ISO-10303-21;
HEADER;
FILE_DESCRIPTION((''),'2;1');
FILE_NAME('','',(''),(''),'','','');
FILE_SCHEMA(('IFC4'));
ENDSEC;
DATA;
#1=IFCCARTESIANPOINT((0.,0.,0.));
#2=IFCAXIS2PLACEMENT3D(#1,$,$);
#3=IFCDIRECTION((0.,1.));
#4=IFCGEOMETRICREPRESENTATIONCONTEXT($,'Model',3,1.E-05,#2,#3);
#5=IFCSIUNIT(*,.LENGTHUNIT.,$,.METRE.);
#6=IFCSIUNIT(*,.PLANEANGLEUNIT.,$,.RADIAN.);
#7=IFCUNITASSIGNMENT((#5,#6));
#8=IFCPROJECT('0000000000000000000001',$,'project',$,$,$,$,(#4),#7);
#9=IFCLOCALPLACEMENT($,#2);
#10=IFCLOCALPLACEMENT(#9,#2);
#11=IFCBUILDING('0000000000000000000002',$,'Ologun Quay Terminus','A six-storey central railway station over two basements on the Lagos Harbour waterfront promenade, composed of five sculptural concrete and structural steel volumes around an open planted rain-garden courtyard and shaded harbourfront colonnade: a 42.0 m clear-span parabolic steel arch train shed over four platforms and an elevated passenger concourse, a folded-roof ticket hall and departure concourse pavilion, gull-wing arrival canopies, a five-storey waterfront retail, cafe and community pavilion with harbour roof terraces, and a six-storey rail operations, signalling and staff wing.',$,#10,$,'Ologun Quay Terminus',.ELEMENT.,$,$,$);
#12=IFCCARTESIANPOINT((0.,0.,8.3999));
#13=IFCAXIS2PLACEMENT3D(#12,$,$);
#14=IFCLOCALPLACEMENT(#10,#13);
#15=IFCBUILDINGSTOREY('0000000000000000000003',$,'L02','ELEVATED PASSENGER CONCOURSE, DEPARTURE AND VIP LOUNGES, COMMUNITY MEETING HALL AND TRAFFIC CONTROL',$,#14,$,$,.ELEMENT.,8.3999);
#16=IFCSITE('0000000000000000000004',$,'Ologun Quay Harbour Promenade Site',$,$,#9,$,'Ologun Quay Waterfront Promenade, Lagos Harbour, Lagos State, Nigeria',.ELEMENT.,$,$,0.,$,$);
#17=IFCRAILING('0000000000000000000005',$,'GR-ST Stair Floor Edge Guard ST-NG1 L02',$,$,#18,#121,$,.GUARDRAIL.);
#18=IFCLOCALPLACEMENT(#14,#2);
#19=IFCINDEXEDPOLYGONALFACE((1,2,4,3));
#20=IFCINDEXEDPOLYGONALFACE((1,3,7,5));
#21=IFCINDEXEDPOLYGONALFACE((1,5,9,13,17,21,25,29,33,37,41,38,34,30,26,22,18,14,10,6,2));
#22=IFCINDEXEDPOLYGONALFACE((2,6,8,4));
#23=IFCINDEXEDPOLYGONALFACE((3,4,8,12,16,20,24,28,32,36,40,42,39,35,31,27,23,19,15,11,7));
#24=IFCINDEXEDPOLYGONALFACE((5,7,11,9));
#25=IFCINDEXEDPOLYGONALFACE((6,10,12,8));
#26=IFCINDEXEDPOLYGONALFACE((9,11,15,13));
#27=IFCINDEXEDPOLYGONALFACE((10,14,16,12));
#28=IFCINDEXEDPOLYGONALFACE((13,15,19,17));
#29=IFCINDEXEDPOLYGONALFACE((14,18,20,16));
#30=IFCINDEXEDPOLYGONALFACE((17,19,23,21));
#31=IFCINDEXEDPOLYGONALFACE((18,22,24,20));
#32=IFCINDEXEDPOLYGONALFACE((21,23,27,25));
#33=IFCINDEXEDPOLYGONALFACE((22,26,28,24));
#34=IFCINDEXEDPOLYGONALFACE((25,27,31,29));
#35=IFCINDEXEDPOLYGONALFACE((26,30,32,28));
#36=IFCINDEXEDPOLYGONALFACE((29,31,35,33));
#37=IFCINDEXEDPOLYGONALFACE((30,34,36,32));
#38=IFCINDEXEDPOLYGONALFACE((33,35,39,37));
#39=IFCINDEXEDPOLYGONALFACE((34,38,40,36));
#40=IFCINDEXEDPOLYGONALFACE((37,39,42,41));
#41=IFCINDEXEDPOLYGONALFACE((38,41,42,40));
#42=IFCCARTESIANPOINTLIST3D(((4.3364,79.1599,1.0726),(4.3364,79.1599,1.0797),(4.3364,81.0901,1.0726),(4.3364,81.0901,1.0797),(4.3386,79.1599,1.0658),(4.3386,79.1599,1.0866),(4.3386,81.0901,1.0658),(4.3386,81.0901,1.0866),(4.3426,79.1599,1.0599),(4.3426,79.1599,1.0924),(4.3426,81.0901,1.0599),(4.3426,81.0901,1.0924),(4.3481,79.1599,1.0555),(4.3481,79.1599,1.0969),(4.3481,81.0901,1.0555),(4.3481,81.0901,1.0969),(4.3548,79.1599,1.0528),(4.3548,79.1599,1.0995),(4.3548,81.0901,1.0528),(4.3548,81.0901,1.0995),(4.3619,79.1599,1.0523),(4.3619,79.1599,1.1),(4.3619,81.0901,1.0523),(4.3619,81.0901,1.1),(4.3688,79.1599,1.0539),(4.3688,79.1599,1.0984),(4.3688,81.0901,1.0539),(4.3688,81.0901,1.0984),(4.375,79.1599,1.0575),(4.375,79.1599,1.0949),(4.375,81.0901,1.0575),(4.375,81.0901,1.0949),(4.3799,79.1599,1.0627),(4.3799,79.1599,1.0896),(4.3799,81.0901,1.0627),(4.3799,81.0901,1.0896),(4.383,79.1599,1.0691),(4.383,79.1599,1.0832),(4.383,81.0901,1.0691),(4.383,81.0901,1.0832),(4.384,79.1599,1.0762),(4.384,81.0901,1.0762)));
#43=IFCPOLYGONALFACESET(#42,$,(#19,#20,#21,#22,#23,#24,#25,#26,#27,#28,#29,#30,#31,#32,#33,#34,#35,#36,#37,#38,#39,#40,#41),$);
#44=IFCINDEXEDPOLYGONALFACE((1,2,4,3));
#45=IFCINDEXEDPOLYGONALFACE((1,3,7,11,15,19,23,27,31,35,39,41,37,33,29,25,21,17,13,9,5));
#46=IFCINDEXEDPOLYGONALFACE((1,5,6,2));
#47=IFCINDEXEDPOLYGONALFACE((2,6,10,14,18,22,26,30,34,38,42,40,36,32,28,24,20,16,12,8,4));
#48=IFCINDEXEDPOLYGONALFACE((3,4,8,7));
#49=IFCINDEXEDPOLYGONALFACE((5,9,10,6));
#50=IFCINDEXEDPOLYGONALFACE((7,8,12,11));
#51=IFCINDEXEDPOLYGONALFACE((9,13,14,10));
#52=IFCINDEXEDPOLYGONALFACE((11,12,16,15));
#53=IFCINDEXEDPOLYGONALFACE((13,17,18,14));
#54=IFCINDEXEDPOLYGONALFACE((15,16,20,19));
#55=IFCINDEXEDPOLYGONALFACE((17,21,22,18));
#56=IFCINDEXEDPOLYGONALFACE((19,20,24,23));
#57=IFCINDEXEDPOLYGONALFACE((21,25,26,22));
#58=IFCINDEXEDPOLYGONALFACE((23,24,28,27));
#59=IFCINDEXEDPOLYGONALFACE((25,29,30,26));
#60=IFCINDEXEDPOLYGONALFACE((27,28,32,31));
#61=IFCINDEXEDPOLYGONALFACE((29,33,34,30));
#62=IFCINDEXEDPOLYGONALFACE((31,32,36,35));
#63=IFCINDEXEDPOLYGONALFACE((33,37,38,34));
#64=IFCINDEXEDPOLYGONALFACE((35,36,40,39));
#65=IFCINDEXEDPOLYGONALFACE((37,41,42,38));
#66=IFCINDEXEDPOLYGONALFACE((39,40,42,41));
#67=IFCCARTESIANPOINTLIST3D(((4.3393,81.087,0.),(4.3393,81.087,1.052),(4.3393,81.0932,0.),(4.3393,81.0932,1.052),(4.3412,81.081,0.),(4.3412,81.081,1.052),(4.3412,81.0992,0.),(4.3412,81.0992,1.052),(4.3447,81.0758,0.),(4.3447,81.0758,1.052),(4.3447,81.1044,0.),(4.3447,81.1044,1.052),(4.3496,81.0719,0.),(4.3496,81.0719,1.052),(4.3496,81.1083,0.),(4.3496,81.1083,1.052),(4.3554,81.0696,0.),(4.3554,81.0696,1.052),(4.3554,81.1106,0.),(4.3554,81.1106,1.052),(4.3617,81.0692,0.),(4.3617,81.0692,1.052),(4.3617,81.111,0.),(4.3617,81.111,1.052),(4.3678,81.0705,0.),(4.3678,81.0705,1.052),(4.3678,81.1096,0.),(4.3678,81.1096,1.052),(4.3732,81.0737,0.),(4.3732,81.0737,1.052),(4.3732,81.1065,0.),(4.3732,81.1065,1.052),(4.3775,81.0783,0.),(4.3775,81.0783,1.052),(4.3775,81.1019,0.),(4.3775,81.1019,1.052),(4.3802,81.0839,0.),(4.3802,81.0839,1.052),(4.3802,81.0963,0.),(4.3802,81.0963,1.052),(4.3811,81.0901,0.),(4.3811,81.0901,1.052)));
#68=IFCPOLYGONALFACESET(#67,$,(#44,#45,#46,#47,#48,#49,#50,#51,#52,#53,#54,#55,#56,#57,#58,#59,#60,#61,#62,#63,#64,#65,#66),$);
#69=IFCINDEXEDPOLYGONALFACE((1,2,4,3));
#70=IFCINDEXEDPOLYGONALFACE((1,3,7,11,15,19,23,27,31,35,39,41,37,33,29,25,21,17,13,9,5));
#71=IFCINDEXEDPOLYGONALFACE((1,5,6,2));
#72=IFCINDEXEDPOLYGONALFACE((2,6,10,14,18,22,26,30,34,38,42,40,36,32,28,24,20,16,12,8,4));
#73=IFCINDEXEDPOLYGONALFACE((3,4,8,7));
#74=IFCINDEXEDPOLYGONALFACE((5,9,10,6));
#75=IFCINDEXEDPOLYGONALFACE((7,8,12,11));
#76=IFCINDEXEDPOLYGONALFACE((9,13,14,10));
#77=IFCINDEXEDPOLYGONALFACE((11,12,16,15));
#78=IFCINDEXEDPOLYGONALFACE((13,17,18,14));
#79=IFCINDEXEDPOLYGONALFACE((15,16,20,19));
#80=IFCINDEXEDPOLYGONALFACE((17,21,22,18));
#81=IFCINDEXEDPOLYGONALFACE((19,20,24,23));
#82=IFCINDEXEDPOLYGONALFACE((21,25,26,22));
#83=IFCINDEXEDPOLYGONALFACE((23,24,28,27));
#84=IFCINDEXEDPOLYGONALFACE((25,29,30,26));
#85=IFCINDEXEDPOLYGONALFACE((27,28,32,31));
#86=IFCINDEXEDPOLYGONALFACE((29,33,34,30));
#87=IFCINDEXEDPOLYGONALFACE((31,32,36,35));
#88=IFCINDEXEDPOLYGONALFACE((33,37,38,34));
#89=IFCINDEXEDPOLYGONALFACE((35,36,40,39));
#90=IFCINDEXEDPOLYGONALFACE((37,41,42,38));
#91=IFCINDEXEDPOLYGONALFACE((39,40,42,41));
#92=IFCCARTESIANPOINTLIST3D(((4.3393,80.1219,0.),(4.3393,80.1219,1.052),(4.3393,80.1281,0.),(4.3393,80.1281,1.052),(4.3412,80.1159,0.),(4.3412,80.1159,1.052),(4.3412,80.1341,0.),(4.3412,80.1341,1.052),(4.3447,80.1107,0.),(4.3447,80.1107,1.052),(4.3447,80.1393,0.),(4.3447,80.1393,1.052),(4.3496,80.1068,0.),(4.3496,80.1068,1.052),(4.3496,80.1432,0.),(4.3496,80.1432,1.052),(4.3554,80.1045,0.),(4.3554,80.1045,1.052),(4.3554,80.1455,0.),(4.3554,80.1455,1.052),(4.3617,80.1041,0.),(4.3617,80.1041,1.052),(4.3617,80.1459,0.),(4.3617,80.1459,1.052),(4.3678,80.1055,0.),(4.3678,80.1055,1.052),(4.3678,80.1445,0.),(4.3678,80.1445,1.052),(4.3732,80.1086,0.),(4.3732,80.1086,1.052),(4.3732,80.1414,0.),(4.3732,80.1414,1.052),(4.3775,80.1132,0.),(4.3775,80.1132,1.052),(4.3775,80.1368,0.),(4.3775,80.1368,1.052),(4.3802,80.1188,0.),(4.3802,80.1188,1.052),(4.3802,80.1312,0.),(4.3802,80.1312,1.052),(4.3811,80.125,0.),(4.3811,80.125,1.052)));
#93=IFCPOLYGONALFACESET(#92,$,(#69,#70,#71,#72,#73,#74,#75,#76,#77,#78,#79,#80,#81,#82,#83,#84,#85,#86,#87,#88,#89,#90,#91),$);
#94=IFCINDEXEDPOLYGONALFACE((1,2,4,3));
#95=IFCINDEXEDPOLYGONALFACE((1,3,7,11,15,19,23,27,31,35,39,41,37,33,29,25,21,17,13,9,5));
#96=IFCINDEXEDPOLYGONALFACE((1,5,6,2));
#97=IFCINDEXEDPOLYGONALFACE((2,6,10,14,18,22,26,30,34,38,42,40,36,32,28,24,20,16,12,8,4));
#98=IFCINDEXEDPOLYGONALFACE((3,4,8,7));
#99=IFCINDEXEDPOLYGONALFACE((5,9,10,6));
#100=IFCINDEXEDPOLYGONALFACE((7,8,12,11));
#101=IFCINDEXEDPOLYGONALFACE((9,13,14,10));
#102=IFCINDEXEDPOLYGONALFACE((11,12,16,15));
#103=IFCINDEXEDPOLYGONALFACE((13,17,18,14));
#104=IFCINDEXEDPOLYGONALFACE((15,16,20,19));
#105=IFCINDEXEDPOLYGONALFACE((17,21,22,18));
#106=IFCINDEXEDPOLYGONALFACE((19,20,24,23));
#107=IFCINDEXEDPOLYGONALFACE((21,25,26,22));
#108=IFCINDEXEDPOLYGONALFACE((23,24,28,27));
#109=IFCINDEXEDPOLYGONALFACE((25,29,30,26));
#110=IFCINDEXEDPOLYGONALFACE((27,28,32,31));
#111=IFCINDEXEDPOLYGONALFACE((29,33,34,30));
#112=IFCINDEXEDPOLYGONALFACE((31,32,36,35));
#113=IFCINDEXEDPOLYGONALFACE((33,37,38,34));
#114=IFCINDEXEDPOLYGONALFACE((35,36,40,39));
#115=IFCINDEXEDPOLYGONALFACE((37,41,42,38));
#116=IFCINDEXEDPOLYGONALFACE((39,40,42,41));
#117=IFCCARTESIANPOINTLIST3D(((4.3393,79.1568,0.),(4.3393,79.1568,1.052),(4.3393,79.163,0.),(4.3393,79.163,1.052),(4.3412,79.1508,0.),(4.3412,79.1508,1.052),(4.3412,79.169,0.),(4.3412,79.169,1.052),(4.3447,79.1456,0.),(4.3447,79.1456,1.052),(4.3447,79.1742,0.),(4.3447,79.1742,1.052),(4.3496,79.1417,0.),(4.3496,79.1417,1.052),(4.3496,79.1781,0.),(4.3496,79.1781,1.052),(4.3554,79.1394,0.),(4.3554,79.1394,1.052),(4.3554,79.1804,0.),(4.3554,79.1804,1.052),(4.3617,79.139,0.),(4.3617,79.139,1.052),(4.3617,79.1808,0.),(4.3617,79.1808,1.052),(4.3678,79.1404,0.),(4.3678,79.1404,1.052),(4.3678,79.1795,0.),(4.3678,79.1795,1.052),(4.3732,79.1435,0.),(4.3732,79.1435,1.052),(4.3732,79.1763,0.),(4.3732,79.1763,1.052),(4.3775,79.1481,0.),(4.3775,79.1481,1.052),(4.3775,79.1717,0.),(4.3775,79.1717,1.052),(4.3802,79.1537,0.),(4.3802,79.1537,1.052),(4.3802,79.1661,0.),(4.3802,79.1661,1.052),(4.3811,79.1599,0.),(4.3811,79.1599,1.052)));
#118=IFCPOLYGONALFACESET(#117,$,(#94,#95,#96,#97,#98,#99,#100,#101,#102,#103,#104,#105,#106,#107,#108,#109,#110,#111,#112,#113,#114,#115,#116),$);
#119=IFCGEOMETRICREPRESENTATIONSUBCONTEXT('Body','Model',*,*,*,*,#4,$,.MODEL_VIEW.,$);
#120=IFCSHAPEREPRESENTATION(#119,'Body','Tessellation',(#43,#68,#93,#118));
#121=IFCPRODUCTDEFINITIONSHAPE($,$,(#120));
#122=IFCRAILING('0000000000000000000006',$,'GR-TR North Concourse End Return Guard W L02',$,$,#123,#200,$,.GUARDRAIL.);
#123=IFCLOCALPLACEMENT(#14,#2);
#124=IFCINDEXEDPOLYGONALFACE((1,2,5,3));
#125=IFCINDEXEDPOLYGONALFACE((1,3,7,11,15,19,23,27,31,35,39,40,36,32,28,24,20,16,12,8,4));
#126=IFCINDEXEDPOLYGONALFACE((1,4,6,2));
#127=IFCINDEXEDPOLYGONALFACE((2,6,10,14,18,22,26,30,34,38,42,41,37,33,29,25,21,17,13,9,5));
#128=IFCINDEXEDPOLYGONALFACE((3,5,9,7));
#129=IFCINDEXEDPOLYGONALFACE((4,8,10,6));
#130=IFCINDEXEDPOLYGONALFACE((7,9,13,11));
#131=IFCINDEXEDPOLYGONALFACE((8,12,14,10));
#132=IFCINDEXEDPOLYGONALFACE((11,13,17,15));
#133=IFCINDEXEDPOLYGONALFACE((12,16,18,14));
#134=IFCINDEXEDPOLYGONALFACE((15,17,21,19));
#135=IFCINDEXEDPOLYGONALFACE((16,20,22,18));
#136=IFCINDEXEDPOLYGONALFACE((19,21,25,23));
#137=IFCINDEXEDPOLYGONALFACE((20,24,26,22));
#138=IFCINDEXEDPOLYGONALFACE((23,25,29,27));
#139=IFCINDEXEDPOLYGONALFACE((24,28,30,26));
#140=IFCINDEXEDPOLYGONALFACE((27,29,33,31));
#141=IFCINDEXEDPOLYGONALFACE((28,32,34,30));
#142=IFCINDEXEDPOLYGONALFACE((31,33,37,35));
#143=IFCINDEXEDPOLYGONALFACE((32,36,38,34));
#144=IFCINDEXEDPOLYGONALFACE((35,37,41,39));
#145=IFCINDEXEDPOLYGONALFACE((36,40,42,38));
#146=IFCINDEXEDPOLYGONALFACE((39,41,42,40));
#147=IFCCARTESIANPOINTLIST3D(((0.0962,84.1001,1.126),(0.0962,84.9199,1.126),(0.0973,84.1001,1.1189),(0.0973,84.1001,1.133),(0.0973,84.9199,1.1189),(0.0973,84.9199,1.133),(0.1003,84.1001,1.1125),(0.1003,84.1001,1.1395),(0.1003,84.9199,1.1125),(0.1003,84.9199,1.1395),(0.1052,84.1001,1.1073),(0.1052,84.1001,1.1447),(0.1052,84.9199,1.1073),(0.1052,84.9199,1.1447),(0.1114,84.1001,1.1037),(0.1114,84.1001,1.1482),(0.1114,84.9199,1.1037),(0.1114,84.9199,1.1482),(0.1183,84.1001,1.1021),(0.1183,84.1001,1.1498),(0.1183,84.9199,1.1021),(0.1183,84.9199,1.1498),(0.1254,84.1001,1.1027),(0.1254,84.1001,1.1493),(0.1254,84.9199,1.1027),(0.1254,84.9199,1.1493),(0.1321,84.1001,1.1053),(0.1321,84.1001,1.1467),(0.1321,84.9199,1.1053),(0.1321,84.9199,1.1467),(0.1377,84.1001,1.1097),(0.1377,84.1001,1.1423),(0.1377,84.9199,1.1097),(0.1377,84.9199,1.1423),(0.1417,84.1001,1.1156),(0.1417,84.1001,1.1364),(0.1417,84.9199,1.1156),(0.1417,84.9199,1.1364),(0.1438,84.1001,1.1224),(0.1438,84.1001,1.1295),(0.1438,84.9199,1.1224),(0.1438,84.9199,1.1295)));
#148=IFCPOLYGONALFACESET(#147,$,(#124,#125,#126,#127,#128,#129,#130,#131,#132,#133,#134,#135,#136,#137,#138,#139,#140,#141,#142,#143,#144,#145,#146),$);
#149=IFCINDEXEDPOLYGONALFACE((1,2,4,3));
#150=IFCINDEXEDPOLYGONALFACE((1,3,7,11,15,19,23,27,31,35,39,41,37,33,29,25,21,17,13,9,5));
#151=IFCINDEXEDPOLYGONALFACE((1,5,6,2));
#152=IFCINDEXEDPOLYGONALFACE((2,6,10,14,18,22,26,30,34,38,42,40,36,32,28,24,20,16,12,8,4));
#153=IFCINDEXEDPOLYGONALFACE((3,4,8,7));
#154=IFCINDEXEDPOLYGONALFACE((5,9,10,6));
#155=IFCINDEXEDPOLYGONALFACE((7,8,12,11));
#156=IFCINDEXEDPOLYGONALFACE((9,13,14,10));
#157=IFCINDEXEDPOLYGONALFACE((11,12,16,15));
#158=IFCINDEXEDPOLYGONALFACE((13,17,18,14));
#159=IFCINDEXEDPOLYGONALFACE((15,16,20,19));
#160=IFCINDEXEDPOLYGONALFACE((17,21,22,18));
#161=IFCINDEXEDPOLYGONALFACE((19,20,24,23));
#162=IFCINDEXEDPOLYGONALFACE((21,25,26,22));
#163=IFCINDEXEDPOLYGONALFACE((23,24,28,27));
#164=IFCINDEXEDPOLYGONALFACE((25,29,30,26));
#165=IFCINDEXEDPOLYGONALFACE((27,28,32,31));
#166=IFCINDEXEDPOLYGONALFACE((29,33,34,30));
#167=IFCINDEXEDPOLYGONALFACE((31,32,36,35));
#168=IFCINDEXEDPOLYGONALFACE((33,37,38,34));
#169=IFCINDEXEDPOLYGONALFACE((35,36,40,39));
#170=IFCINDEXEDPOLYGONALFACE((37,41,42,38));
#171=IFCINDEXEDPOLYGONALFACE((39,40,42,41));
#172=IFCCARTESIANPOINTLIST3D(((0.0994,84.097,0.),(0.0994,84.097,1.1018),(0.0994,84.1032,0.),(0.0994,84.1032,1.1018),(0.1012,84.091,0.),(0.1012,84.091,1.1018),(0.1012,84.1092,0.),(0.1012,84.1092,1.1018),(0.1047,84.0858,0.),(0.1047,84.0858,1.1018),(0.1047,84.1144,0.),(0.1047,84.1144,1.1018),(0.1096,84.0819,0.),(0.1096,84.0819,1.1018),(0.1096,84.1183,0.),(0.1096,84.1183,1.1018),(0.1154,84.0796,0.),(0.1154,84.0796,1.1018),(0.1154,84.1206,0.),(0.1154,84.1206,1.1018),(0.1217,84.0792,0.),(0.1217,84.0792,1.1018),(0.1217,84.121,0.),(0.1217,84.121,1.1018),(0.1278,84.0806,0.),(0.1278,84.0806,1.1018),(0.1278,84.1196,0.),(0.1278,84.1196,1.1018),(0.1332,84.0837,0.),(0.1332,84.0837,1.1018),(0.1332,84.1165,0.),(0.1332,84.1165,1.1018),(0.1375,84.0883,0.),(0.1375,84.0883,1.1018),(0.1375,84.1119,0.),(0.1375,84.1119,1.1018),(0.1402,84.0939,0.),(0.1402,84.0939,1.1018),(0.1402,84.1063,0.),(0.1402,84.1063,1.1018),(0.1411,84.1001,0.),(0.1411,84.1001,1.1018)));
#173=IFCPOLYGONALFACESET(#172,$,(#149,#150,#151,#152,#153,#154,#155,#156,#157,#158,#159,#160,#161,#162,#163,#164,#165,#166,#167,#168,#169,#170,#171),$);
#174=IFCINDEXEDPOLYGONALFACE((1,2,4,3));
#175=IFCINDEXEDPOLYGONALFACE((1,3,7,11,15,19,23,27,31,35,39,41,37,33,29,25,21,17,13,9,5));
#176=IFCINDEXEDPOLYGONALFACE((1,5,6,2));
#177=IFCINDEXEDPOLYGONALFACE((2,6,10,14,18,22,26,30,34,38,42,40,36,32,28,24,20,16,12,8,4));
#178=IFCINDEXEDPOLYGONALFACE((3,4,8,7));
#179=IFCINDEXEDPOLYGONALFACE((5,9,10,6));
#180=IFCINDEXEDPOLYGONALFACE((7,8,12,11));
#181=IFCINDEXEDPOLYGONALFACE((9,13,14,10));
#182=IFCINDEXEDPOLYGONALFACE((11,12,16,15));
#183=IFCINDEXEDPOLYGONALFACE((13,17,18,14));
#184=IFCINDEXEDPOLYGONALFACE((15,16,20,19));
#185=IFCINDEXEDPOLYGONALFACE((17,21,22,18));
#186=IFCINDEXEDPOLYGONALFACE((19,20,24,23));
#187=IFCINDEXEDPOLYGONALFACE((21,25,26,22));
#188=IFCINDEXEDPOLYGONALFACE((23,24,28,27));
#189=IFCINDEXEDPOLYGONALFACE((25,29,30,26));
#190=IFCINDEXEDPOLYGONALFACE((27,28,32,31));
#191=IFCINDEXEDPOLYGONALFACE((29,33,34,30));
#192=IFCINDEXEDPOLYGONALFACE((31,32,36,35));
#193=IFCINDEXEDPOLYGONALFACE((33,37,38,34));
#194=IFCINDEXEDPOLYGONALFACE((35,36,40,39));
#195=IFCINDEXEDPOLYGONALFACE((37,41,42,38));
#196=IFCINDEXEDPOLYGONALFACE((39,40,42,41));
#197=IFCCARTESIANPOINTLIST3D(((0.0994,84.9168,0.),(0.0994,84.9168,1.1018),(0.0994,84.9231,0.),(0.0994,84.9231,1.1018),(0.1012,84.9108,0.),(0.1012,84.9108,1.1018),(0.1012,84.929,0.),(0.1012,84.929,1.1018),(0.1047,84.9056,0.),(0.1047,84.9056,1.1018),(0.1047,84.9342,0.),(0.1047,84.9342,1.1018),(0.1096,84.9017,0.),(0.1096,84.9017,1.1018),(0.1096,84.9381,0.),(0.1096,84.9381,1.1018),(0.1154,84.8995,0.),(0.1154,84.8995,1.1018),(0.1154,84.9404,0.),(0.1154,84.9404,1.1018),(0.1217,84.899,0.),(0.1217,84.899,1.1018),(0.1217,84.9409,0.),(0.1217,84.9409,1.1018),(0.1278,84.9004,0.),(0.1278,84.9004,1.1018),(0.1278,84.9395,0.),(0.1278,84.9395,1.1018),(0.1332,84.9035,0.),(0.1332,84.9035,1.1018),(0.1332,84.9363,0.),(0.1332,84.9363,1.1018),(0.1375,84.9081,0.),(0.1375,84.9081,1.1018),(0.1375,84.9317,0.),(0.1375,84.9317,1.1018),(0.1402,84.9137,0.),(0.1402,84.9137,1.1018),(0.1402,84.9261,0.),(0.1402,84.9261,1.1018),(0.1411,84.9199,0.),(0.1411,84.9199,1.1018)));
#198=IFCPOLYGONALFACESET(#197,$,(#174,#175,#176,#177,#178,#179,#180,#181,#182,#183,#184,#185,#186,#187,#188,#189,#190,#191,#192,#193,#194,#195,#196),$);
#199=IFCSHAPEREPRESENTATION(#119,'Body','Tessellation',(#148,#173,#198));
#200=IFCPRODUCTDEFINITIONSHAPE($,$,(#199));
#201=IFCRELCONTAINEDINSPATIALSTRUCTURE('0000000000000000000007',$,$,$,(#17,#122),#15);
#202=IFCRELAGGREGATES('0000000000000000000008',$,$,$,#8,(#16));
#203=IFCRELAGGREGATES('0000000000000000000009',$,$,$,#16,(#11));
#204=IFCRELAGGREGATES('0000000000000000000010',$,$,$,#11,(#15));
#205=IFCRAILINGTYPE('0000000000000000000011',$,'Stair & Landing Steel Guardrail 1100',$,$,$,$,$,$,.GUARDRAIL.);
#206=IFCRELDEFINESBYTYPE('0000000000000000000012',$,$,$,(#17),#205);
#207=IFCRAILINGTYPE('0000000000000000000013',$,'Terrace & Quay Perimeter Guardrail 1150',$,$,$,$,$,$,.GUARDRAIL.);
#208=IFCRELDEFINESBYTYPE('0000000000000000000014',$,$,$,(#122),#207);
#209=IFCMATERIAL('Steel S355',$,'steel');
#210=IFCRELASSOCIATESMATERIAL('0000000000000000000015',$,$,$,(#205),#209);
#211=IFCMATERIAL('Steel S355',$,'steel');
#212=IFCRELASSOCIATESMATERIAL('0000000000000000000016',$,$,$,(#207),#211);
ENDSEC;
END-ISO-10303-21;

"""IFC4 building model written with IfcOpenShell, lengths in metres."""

from ifc_helpers import new_model, si_unit, direction, frame, origin, origin_2d, place, context, subcontext, project, spatial, circle, extrude, material, type_object, element, save


model = new_model("IFC4")

# Units and contexts
model_context = context("Model", 3, precision=1e-05, world=origin(), true_north=direction((0.0, 1.0)))
body_context = subcontext(model_context, "Body", "Model", "MODEL_VIEW")
ifc_project = project(units=[si_unit("LENGTHUNIT", "METRE"), si_unit("PLANEANGLEUNIT", "RADIAN")], contexts=[model_context])

# Site, building, storey
site_placement = place(None, origin())
site = spatial("IfcSite", under=ifc_project, at=site_placement, Name="Ologun Quay Harbour Promenade Site", LongName="Ologun Quay Waterfront Promenade, Lagos Harbour, Lagos State, Nigeria", CompositionType="ELEMENT", RefElevation=0.0)
building_placement = place(site_placement, origin())
building = spatial("IfcBuilding", under=site, at=building_placement, Name="Ologun Quay Terminus", Description="A six-storey central railway station over two basements on the Lagos Harbour waterfront promenade, composed of five sculptural concrete and structural steel volumes around an open planted rain-garden courtyard and shaded harbourfront colonnade: a 42.0 m clear-span parabolic steel arch train shed over four platforms and an elevated passenger concourse, a folded-roof ticket hall and departure concourse pavilion, gull-wing arrival canopies, a five-storey waterfront retail, cafe and community pavilion with harbour roof terraces, and a six-storey rail operations, signalling and staff wing.", LongName="Ologun Quay Terminus", CompositionType="ELEMENT")
storey_placement = place(building_placement, frame((0.0, 0.0, 8.3999)))
storey = spatial("IfcBuildingStorey", under=building, at=storey_placement, Name="L02", Description="ELEVATED PASSENGER CONCOURSE, DEPARTURE AND VIP LOUNGES, COMMUNITY MEETING HALL AND TRAFFIC CONTROL", CompositionType="ELEMENT", Elevation=8.3999)

# Railings
ifc_material_1 = material(Name="Steel S355", Category="steel")
railing_type_1 = type_object("IfcRailingType", Name="Stair & Landing Steel Guardrail 1100", PredefinedType="GUARDRAIL", material=ifc_material_1)
railing_1_placement = place(storey_placement, frame((4.3601, 81.0901, 0.0)))
element("IfcRailing", 1, at=railing_1_placement, inside=storey, type_object=railing_type_1, Name="GR-ST Stair Floor Edge Guard ST-NG1 L02", PredefinedType="GUARDRAIL", context=body_context, shape_type="SweptSolid", body=[
    extrude(circle(Radius=0.0239, at=origin_2d()), frame((0.0, 0.0, 1.0762), z_axis=(0.0, -1.0, 0.0), x_axis=(1.0, 0.0, 0.0)), (0.0, 0.0, 1.0), 1.9302),
    extrude(circle(Radius=0.021, at=origin_2d()), origin(), (0.0, 0.0, 1.0), 1.052),
    extrude(circle(Radius=0.021, at=origin_2d()), frame((0.0, -0.9651, 0.0)), (0.0, 0.0, 1.0), 1.052),
    extrude(circle(Radius=0.021, at=origin_2d()), frame((0.0, -1.9302, 0.0)), (0.0, 0.0, 1.0), 1.052),
])
ifc_material_2 = material(Name="Steel S355", Category="steel")
railing_type_2 = type_object("IfcRailingType", Name="Terrace & Quay Perimeter Guardrail 1150", PredefinedType="GUARDRAIL", material=ifc_material_2)
railing_2_placement = place(storey_placement, frame((0.1201, 84.1001, 0.0)))
element("IfcRailing", 2, at=railing_2_placement, inside=storey, type_object=railing_type_2, Name="GR-TR North Concourse End Return Guard W L02", PredefinedType="GUARDRAIL", context=body_context, shape_type="SweptSolid", body=[
    extrude(circle(Radius=0.0239, at=origin_2d()), frame((0.0, 0.0, 1.126), z_axis=(0.0, 1.0, 0.0), x_axis=(-1.0, 0.0, 0.0)), (0.0, 0.0, 1.0), 0.8198),
    extrude(circle(Radius=0.021, at=origin_2d()), origin(), (0.0, 0.0, 1.0), 1.1018),
    extrude(circle(Radius=0.021, at=origin_2d()), frame((0.0, 0.8198, 0.0)), (0.0, 0.0, 1.0), 1.1018),
])

save(model, "model.ifc")
